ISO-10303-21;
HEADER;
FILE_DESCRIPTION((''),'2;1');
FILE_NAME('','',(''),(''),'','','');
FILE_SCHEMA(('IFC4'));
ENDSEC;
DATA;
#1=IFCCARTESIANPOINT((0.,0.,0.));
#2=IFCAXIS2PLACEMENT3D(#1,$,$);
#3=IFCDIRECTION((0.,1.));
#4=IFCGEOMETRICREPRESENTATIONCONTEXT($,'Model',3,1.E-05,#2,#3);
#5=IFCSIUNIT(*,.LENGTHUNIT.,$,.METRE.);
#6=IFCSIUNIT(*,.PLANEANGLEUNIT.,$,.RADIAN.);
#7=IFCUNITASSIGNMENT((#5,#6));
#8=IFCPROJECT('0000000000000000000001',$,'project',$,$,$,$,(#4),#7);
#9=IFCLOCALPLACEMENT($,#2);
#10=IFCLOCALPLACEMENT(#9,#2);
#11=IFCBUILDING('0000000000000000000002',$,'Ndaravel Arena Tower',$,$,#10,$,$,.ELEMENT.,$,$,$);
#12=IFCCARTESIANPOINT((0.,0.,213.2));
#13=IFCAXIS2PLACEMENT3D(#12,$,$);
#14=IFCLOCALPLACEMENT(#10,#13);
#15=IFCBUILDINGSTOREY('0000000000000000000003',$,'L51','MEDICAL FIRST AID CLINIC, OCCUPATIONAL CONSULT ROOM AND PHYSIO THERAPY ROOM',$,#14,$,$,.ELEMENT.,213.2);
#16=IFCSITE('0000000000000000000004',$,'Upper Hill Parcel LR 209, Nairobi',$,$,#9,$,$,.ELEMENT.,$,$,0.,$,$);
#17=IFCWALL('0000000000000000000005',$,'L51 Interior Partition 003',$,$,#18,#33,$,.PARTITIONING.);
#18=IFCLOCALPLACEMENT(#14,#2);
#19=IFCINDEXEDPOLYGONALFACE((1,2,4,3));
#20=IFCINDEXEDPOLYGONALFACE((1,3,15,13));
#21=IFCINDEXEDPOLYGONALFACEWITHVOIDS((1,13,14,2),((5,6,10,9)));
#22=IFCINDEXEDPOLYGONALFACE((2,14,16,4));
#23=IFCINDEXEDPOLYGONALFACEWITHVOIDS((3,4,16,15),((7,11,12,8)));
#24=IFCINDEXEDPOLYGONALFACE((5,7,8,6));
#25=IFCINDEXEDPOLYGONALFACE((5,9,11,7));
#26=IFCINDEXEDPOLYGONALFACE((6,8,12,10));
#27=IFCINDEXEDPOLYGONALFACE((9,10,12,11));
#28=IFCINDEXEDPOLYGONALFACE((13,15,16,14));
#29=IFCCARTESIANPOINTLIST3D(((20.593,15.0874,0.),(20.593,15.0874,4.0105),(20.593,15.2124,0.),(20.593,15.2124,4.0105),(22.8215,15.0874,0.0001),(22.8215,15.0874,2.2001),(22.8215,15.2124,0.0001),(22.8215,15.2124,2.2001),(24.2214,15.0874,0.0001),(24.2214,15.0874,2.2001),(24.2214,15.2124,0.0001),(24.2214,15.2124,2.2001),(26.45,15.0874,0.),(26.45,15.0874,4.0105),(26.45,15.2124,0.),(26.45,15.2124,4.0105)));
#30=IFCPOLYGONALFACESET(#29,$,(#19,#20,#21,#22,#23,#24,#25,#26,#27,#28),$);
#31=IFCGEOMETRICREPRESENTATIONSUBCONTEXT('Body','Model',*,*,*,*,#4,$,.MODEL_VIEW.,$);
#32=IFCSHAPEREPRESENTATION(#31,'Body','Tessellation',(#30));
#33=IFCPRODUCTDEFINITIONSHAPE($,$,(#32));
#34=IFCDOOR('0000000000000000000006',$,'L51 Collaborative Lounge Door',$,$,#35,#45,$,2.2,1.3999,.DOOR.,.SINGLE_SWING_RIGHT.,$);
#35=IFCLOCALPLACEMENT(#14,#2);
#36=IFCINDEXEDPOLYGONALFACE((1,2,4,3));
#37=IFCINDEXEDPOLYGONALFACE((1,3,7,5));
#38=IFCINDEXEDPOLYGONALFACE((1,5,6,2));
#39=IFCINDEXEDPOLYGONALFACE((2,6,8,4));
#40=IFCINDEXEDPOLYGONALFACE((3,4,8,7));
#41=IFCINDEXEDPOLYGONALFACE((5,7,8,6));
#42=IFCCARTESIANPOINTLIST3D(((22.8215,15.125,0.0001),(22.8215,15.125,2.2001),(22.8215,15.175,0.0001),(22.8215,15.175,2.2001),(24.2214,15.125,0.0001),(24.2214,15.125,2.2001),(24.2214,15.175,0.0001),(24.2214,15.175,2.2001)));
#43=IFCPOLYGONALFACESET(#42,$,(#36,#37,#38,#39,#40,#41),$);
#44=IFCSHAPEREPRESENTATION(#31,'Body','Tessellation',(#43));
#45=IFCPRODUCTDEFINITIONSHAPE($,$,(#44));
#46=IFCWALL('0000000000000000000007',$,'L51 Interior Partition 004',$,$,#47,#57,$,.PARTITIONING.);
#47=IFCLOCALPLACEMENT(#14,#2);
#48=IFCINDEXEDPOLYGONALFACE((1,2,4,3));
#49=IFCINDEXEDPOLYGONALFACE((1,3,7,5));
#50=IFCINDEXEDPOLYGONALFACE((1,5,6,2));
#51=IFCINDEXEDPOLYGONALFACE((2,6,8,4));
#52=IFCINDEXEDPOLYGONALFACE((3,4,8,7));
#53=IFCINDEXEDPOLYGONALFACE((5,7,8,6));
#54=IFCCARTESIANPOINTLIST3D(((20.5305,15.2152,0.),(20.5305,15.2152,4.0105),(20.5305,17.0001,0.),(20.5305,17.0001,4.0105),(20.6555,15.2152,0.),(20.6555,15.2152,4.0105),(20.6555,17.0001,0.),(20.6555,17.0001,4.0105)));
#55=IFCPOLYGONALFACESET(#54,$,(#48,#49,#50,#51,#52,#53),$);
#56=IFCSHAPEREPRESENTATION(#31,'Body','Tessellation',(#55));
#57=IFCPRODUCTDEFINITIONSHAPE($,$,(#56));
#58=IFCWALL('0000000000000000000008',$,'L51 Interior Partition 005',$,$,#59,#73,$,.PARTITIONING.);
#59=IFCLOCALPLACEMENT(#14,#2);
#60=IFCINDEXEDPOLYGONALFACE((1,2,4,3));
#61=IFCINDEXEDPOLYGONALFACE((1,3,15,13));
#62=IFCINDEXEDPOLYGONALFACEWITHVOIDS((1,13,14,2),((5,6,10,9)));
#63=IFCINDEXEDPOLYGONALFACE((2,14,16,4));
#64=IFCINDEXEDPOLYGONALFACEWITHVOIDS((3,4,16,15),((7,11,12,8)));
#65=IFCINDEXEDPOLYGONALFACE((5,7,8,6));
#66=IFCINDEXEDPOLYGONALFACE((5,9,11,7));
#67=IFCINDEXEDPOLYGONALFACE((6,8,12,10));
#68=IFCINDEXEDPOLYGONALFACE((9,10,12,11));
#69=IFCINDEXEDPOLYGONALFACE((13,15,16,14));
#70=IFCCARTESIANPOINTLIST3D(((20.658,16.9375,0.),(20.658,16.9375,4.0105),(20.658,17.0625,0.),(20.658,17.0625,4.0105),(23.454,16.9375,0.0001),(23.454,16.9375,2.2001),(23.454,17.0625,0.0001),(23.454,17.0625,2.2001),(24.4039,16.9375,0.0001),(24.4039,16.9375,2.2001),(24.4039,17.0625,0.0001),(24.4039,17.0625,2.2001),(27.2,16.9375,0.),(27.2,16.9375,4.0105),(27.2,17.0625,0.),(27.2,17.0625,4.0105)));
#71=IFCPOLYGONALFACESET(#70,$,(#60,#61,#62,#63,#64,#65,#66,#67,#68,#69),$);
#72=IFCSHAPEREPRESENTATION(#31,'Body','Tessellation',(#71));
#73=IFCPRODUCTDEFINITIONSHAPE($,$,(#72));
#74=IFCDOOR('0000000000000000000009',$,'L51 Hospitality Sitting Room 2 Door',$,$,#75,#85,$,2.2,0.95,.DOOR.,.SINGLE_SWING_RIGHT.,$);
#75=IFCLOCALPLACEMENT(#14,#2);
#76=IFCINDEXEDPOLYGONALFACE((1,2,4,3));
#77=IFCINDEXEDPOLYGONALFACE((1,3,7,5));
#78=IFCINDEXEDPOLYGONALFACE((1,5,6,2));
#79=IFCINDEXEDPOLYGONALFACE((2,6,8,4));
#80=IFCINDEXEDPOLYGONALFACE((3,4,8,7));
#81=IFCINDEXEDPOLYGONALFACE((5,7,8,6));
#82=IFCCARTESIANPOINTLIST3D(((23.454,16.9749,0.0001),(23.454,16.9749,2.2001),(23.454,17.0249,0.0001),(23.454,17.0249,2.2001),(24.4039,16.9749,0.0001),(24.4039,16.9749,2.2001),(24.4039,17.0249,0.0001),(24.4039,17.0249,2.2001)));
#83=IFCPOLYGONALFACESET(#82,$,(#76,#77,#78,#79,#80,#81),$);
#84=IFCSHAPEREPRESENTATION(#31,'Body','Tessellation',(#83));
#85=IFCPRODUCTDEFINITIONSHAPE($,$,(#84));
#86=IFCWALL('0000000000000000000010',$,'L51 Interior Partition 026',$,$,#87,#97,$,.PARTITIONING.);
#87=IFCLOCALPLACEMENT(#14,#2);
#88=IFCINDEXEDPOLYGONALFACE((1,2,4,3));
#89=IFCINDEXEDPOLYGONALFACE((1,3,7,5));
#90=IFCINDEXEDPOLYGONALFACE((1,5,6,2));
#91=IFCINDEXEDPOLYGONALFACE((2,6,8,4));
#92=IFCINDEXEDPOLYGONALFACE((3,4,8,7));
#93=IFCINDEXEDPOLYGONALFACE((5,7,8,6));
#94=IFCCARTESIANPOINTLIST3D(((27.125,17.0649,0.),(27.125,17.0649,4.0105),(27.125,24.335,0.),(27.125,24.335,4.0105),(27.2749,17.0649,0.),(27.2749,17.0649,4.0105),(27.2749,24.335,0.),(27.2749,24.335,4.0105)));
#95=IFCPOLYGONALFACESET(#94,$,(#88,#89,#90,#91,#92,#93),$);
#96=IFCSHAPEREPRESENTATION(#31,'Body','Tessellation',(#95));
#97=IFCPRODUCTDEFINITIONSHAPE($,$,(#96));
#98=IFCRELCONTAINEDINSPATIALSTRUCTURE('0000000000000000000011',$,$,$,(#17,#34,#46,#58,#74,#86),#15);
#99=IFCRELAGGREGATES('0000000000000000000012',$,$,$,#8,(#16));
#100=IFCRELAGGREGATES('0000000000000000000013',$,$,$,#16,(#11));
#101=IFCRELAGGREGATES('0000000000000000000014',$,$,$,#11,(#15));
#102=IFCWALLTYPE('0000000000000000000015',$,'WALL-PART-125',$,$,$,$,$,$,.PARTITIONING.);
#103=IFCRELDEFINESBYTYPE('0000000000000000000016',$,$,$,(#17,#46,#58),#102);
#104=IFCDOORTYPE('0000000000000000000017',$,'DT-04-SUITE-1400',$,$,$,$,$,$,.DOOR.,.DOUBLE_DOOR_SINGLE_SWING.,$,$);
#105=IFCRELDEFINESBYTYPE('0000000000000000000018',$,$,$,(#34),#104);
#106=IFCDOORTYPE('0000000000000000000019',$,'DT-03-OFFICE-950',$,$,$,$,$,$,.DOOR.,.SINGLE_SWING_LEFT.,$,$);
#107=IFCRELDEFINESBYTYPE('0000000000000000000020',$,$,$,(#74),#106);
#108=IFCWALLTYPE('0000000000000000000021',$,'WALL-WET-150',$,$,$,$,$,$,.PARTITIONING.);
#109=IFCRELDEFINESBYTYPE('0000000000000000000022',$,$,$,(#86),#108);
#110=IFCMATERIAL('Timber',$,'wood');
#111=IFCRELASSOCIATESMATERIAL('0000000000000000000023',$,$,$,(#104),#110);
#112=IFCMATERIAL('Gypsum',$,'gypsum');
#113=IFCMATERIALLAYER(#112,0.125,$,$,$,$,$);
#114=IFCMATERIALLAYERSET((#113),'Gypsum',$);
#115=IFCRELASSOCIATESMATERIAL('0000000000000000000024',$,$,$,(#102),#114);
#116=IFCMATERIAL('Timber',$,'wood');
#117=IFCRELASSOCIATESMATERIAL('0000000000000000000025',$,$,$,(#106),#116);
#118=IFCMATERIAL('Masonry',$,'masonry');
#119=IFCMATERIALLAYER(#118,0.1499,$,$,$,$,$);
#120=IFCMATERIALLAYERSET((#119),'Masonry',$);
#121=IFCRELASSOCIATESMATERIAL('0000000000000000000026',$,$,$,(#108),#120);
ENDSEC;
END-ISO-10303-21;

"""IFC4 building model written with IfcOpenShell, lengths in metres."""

from ifc_helpers import new_model, si_unit, direction, frame, frame_2d, origin, place, context, subcontext, project, spatial, rectangle, extrude, material, layer, layer_set, type_object, element, fill, save


model = new_model("IFC4")

# Units and contexts
model_context = context("Model", 3, precision=1e-05, world=origin(), true_north=direction((0.0, 1.0)))
body_context = subcontext(model_context, "Body", "Model", "MODEL_VIEW")
ifc_project = project(units=[si_unit("LENGTHUNIT", "METRE"), si_unit("PLANEANGLEUNIT", "RADIAN")], contexts=[model_context])

# Site, building, storey
site_placement = place(None, origin())
site = spatial("IfcSite", under=ifc_project, at=site_placement, Name="Upper Hill Parcel LR 209, Nairobi", CompositionType="ELEMENT", RefElevation=0.0)
building_placement = place(site_placement, origin())
building = spatial("IfcBuilding", under=site, at=building_placement, Name="Ndaravel Arena Tower", CompositionType="ELEMENT")
storey_placement = place(building_placement, frame((0.0, 0.0, 213.2)))
storey = spatial("IfcBuildingStorey", under=building, at=storey_placement, Name="L51", Description="MEDICAL FIRST AID CLINIC, OCCUPATIONAL CONSULT ROOM AND PHYSIO THERAPY ROOM", CompositionType="ELEMENT", Elevation=213.2)

# Shared definitions
ifc_material_1 = material(Name="Timber", Category="wood")
door_type_1 = type_object("IfcDoorType", Name="DT-04-SUITE-1400", OperationType="DOUBLE_DOOR_SINGLE_SWING", PredefinedType="DOOR", material=ifc_material_1)

# Wall, opening, door
ifc_material_2 = material(Name="Gypsum", Category="gypsum")
ifc_layer_1 = layer(ifc_material_2, 0.125)
ifc_layer_set_1 = layer_set([ifc_layer_1], Name="Gypsum")
wall_type_1 = type_object("IfcWallType", Name="WALL-PART-125", PredefinedType="PARTITIONING", material=ifc_layer_set_1)
wall_1_placement = place(storey_placement, frame((26.45, 15.1499, 0.0), z_axis=(0.0, 0.0, 1.0), x_axis=(-1.0, 0.0, 0.0)))
wall_1 = element("IfcWall", 1, at=wall_1_placement, inside=storey, type_object=wall_type_1, Name="L51 Interior Partition 003", PredefinedType="PARTITIONING", context=body_context, shape_type="SweptSolid", body=[
    extrude(rectangle(XDim=5.8569, YDim=0.125, at=frame_2d((2.9285, 0.0))), origin(), (0.0, 0.0, 1.0), 4.0105),
])
opening_1_placement = place(wall_1_placement, frame((2.2285, 0.0, 0.0)))
opening_1 = element("IfcOpeningElement", 2, at=opening_1_placement, cuts=wall_1, PredefinedType="OPENING", context=body_context, shape_type="SweptSolid", body=[
    extrude(rectangle(XDim=1.3999, YDim=2.2, at=frame_2d((0.7, 1.1001))), frame((0.0, 0.0625, 0.0), z_axis=(0.0, -1.0, 0.0), x_axis=(1.0, 0.0, 0.0)), (0.0, 0.0, 1.0), 0.125),
])
door_1_placement = place(opening_1_placement, origin())
door_1 = element("IfcDoor", 3, at=door_1_placement, inside=storey, type_object=door_type_1, Name="L51 Collaborative Lounge Door", OperationType="SINGLE_SWING_RIGHT", OverallHeight=2.2, OverallWidth=1.3999, PredefinedType="DOOR", context=body_context, shape_type="SweptSolid", body=[
    extrude(rectangle(XDim=1.3999, YDim=2.2, at=frame_2d((0.7, 1.1001))), frame((0.0, 0.0249, 0.0), z_axis=(0.0, -1.0, 0.0), x_axis=(1.0, 0.0, 0.0)), (0.0, 0.0, 1.0), 0.05),
])
fill(opening_1, door_1)

# Wall
wall_2_placement = place(storey_placement, frame((20.593, 15.2151, 0.0), z_axis=(0.0, 0.0, 1.0), x_axis=(0.0, 1.0, 0.0)))
element("IfcWall", 4, at=wall_2_placement, inside=storey, type_object=wall_type_1, Name="L51 Interior Partition 004", PredefinedType="PARTITIONING", context=body_context, shape_type="SweptSolid", body=[
    extrude(rectangle(XDim=1.7849, YDim=0.125, at=frame_2d((0.8926, 0.0))), origin(), (0.0, 0.0, 1.0), 4.0105),
])

# Wall, opening, door
wall_3_placement = place(storey_placement, frame((20.658, 17.0, 0.0), z_axis=(0.0, 0.0, 1.0), x_axis=(1.0, 0.0, 0.0)))
wall_3 = element("IfcWall", 5, at=wall_3_placement, inside=storey, type_object=wall_type_1, Name="L51 Interior Partition 005", PredefinedType="PARTITIONING", context=body_context, shape_type="SweptSolid", body=[
    extrude(rectangle(XDim=6.542, YDim=0.125, at=frame_2d((3.271, 0.0))), origin(), (0.0, 0.0, 1.0), 4.0105),
])
opening_2_placement = place(wall_3_placement, frame((2.7959, 0.0, 0.0)))
opening_2 = element("IfcOpeningElement", 6, at=opening_2_placement, cuts=wall_3, PredefinedType="OPENING", context=body_context, shape_type="SweptSolid", body=[
    extrude(rectangle(XDim=0.95, YDim=2.2, at=frame_2d((0.4751, 1.1001))), frame((0.0, 0.0625, 0.0), z_axis=(0.0, -1.0, 0.0), x_axis=(1.0, 0.0, 0.0)), (0.0, 0.0, 1.0), 0.125),
])
ifc_material_3 = material(Name="Timber", Category="wood")
door_type_2 = type_object("IfcDoorType", Name="DT-03-OFFICE-950", OperationType="SINGLE_SWING_LEFT", PredefinedType="DOOR", material=ifc_material_3)
door_2_placement = place(opening_2_placement, origin())
door_2 = element("IfcDoor", 7, at=door_2_placement, inside=storey, type_object=door_type_2, Name="L51 Hospitality Sitting Room 2 Door", OperationType="SINGLE_SWING_RIGHT", OverallHeight=2.2, OverallWidth=0.95, PredefinedType="DOOR", context=body_context, shape_type="SweptSolid", body=[
    extrude(rectangle(XDim=0.95, YDim=2.2, at=frame_2d((0.4751, 1.1001))), frame((0.0, 0.0249, 0.0), z_axis=(0.0, -1.0, 0.0), x_axis=(1.0, 0.0, 0.0)), (0.0, 0.0, 1.0), 0.05),
])
fill(opening_2, door_2)
ifc_material_4 = material(Name="Masonry", Category="masonry")
ifc_layer_2 = layer(ifc_material_4, 0.1499)
ifc_layer_set_2 = layer_set([ifc_layer_2], Name="Masonry")
wall_type_2 = type_object("IfcWallType", Name="WALL-WET-150", PredefinedType="PARTITIONING", material=ifc_layer_set_2)

# Wall
wall_4_placement = place(storey_placement, frame((27.2, 17.0649, 0.0), z_axis=(0.0, 0.0, 1.0), x_axis=(0.0, 1.0, 0.0)))
element("IfcWall", 8, at=wall_4_placement, inside=storey, type_object=wall_type_2, Name="L51 Interior Partition 026", PredefinedType="PARTITIONING", context=body_context, shape_type="SweptSolid", body=[
    extrude(rectangle(XDim=7.27, YDim=0.1499, at=frame_2d((3.635, 0.0))), origin(), (0.0, 0.0, 1.0), 4.0105),
])

save(model, "model.ifc")
